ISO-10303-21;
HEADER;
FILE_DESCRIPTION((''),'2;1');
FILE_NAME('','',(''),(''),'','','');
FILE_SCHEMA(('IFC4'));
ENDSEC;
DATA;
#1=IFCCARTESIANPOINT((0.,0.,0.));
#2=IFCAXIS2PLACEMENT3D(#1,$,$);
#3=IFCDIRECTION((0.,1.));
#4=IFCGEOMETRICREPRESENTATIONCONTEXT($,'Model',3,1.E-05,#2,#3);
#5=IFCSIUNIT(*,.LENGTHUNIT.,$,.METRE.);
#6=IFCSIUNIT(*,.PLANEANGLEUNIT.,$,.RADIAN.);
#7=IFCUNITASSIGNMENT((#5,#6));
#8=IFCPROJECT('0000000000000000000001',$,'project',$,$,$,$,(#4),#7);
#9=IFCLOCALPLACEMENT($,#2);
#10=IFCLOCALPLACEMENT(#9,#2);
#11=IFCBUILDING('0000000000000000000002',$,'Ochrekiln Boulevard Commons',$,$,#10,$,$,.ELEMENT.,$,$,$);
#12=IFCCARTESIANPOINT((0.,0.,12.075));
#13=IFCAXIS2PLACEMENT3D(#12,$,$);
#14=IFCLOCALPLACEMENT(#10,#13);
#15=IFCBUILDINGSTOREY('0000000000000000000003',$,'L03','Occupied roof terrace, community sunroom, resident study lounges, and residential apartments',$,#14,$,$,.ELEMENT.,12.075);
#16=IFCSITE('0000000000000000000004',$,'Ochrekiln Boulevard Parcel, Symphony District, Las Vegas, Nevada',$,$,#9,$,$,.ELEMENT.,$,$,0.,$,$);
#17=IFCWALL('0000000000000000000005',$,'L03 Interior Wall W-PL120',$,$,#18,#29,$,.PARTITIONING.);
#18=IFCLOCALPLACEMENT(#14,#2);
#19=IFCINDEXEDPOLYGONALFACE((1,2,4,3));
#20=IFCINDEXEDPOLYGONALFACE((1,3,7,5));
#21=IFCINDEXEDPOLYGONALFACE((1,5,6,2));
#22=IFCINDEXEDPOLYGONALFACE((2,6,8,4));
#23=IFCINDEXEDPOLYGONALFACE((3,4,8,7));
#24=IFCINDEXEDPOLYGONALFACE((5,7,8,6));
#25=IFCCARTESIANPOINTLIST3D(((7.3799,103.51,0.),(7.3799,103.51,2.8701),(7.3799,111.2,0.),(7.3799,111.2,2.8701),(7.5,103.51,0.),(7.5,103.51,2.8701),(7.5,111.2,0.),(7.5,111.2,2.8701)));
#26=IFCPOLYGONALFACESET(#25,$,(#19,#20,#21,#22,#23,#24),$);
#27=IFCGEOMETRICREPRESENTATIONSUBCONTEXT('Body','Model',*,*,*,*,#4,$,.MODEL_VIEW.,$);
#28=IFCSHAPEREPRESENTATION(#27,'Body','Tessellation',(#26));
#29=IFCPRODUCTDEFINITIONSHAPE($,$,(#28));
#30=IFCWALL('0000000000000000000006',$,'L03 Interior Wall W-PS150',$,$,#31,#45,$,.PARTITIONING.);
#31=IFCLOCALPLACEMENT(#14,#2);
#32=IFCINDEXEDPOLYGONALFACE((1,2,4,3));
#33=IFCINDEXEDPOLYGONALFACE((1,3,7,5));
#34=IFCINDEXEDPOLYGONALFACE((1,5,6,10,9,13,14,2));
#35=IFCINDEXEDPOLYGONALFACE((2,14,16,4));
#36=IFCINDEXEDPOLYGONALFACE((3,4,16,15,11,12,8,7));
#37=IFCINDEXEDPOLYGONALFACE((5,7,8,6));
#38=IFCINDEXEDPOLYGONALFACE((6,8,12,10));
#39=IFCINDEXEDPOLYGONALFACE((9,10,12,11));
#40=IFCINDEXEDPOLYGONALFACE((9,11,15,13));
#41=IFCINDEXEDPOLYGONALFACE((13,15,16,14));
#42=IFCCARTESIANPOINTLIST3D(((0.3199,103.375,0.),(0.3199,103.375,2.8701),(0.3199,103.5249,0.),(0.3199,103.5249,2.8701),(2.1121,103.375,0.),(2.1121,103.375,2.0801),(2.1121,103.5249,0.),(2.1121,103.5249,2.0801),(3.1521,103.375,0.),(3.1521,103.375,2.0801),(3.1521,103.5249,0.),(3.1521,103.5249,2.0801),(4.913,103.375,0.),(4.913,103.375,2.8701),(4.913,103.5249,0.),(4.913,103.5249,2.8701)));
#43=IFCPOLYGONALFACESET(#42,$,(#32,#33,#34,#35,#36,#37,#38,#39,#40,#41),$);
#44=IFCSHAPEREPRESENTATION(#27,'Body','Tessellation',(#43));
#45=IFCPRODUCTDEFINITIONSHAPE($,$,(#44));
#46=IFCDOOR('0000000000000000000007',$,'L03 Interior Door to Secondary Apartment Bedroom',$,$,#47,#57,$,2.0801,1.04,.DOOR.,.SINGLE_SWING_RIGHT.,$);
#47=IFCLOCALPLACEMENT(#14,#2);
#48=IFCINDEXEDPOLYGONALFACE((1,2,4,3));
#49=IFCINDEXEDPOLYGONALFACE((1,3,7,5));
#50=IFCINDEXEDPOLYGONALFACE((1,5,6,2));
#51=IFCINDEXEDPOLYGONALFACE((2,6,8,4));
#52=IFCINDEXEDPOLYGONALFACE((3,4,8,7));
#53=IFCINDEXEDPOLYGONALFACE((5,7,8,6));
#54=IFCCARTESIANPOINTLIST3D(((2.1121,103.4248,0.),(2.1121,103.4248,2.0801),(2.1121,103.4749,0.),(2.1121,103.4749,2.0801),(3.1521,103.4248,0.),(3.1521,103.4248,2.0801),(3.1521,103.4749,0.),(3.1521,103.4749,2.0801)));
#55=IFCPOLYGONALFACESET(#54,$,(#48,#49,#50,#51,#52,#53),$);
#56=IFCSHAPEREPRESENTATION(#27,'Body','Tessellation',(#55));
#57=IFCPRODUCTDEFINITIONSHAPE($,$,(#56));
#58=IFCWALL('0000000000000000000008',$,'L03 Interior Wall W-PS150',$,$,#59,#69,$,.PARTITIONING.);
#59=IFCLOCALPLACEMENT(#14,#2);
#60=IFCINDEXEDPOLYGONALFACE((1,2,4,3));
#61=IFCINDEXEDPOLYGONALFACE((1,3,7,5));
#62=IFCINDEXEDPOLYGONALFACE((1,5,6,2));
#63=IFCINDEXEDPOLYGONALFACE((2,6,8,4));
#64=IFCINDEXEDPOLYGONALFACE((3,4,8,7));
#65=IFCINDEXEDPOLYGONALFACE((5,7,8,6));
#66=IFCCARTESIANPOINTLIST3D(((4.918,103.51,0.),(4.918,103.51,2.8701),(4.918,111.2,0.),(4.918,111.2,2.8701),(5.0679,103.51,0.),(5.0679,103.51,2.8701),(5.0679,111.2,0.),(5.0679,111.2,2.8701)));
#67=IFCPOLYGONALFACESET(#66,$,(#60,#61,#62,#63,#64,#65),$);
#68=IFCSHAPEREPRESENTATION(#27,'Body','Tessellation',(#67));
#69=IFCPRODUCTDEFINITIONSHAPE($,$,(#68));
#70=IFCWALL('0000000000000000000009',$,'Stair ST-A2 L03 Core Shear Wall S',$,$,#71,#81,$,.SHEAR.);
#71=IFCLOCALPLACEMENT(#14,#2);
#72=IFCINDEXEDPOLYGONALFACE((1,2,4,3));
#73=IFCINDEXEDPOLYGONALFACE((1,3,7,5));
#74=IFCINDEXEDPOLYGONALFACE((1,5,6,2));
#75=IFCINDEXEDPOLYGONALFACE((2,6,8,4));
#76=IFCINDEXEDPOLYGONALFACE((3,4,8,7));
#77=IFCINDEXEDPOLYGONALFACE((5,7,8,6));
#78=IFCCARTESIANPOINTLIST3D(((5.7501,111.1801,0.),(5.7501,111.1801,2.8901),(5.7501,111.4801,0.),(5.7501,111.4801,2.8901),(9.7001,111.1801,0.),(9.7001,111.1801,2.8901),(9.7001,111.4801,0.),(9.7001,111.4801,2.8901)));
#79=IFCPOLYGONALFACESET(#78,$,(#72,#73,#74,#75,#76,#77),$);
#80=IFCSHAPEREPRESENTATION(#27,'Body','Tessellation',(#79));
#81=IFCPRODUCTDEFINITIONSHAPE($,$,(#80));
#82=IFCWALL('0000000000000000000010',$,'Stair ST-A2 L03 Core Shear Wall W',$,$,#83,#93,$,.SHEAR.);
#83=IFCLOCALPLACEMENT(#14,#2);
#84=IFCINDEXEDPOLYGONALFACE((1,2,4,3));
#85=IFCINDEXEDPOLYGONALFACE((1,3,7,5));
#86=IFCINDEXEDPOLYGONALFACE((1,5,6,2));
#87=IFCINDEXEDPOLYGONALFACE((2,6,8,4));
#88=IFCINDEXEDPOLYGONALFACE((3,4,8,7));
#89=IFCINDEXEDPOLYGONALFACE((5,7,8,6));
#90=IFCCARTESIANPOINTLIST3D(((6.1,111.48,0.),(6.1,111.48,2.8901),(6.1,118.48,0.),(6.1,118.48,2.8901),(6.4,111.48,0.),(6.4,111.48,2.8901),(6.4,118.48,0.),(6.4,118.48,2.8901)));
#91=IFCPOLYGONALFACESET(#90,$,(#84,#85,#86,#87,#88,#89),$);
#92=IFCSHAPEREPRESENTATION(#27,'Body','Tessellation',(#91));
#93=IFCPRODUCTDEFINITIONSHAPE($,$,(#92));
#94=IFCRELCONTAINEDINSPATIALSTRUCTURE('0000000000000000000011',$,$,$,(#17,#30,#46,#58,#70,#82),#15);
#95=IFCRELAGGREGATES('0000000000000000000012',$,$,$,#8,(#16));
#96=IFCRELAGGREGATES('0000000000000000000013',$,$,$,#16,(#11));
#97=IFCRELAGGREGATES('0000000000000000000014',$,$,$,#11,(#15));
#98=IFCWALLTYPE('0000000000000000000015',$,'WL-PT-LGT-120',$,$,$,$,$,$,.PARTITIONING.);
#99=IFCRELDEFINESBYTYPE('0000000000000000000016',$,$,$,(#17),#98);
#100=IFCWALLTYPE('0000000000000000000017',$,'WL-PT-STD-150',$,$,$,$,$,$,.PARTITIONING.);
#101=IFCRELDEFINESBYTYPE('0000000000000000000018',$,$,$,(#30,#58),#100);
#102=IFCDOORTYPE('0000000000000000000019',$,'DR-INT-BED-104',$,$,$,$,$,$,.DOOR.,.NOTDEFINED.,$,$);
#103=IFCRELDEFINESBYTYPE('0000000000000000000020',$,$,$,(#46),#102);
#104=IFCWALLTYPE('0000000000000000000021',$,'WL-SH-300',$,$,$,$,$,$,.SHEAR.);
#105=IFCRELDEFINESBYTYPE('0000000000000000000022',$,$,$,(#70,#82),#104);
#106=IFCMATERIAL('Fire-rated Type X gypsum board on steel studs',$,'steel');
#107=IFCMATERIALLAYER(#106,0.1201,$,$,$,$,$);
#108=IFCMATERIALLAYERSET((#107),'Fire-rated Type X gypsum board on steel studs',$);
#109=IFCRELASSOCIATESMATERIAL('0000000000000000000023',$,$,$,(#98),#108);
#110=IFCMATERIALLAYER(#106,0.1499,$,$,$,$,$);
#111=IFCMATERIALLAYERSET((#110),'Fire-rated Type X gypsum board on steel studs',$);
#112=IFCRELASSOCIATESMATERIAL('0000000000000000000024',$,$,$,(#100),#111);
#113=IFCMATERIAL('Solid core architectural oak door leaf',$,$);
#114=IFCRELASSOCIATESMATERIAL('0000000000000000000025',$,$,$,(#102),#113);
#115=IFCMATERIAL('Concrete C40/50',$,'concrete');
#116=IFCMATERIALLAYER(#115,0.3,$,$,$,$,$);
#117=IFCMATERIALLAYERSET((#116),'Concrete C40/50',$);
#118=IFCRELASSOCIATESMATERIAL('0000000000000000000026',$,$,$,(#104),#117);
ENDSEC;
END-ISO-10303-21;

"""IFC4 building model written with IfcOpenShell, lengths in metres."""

from ifc_helpers import new_model, si_unit, direction, frame, frame_2d, origin, place, context, subcontext, project, spatial, rectangle, extrude, material, layer, layer_set, type_object, element, fill, save


model = new_model("IFC4")

# Units and contexts
model_context = context("Model", 3, precision=1e-05, world=origin(), true_north=direction((0.0, 1.0)))
body_context = subcontext(model_context, "Body", "Model", "MODEL_VIEW")
ifc_project = project(units=[si_unit("LENGTHUNIT", "METRE"), si_unit("PLANEANGLEUNIT", "RADIAN")], contexts=[model_context])

# Site, building, storey
site_placement = place(None, origin())
site = spatial("IfcSite", under=ifc_project, at=site_placement, Name="Ochrekiln Boulevard Parcel, Symphony District, Las Vegas, Nevada", CompositionType="ELEMENT", RefElevation=0.0)
building_placement = place(site_placement, origin())
building = spatial("IfcBuilding", under=site, at=building_placement, Name="Ochrekiln Boulevard Commons", CompositionType="ELEMENT")
storey_placement = place(building_placement, frame((0.0, 0.0, 12.075)))
storey = spatial("IfcBuildingStorey", under=building, at=storey_placement, Name="L03", Description="Occupied roof terrace, community sunroom, resident study lounges, and residential apartments", CompositionType="ELEMENT", Elevation=12.075)

# Shared definitions
ifc_material_1 = material(Name="Concrete C40/50", Category="concrete")

# Shared definitions
ifc_material_2 = material(Name="Fire-rated Type X gypsum board on steel studs", Category="steel")

# Shared definitions
ifc_layer_1 = layer(ifc_material_2, 0.1201)
ifc_layer_set_1 = layer_set([ifc_layer_1], Name="Fire-rated Type X gypsum board on steel studs")
wall_type_1 = type_object("IfcWallType", Name="WL-PT-LGT-120", PredefinedType="PARTITIONING", material=ifc_layer_set_1)
ifc_material_3 = material(Name="Solid core architectural oak door leaf")

# Wall
wall_1_placement = place(storey_placement, frame((7.4399, 103.51, 0.0), z_axis=(0.0, 0.0, 1.0), x_axis=(0.0, 1.0, 0.0)))
element("IfcWall", 1, at=wall_1_placement, inside=storey, type_object=wall_type_1, Name="L03 Interior Wall W-PL120", PredefinedType="PARTITIONING", context=body_context, shape_type="SweptSolid", body=[
    extrude(rectangle(XDim=7.6899, YDim=0.1201, at=frame_2d((3.845, 0.0))), origin(), (0.0, 0.0, 1.0), 2.8701),
])

# Wall, opening, door
ifc_layer_2 = layer(ifc_material_2, 0.1499)
ifc_layer_set_2 = layer_set([ifc_layer_2], Name="Fire-rated Type X gypsum board on steel studs")
wall_type_2 = type_object("IfcWallType", Name="WL-PT-STD-150", PredefinedType="PARTITIONING", material=ifc_layer_set_2)
wall_2_placement = place(storey_placement, frame((0.3201, 103.45, 0.0), z_axis=(0.0, 0.0, 1.0), x_axis=(1.0, 0.0, 0.0)))
wall_2 = element("IfcWall", 2, at=wall_2_placement, inside=storey, type_object=wall_type_2, Name="L03 Interior Wall W-PS150", PredefinedType="PARTITIONING", context=body_context, shape_type="SweptSolid", body=[
    extrude(rectangle(XDim=4.593, YDim=0.1499, at=frame_2d((2.2964, 0.0))), origin(), (0.0, 0.0, 1.0), 2.8701),
])
opening_1_placement = place(wall_2_placement, frame((1.792, 0.0, 0.0)))
opening_1 = element("IfcOpeningElement", 3, at=opening_1_placement, cuts=wall_2, PredefinedType="OPENING", context=body_context, shape_type="SweptSolid", body=[
    extrude(rectangle(XDim=1.04, YDim=2.0801, at=frame_2d((0.52, 1.04))), frame((0.0, 0.085, 0.0), z_axis=(0.0, -1.0, 0.0), x_axis=(1.0, 0.0, 0.0)), (0.0, 0.0, 1.0), 0.1699),
])
door_type_1 = type_object("IfcDoorType", Name="DR-INT-BED-104", OperationType="NOTDEFINED", PredefinedType="DOOR", material=ifc_material_3)
door_1_placement = place(opening_1_placement, origin())
door_1 = element("IfcDoor", 4, at=door_1_placement, inside=storey, type_object=door_type_1, Name="L03 Interior Door to Secondary Apartment Bedroom", OperationType="SINGLE_SWING_RIGHT", OverallHeight=2.0801, OverallWidth=1.04, PredefinedType="DOOR", context=body_context, shape_type="SweptSolid", body=[
    extrude(rectangle(XDim=1.04, YDim=2.0801, at=frame_2d((0.52, 1.04))), frame((0.0, 0.0249, 0.0), z_axis=(0.0, -1.0, 0.0), x_axis=(1.0, 0.0, 0.0)), (0.0, 0.0, 1.0), 0.05),
])
fill(opening_1, door_1)

# Walls
wall_3_placement = place(storey_placement, frame((4.9929, 103.51, 0.0), z_axis=(0.0, 0.0, 1.0), x_axis=(0.0, 1.0, 0.0)))
element("IfcWall", 5, at=wall_3_placement, inside=storey, type_object=wall_type_2, Name="L03 Interior Wall W-PS150", PredefinedType="PARTITIONING", context=body_context, shape_type="SweptSolid", body=[
    extrude(rectangle(XDim=7.6899, YDim=0.1499, at=frame_2d((3.845, 0.0))), origin(), (0.0, 0.0, 1.0), 2.8701),
])
ifc_layer_3 = layer(ifc_material_1, 0.3)
ifc_layer_set_3 = layer_set([ifc_layer_3], Name="Concrete C40/50")
wall_type_3 = type_object("IfcWallType", Name="WL-SH-300", PredefinedType="SHEAR", material=ifc_layer_set_3)
wall_4_placement = place(storey_placement, frame((5.75, 111.3301, 0.0), z_axis=(0.0, 0.0, 1.0), x_axis=(1.0, 0.0, 0.0)))
element("IfcWall", 6, at=wall_4_placement, inside=storey, type_object=wall_type_3, Name="Stair ST-A2 L03 Core Shear Wall S", PredefinedType="SHEAR", context=body_context, shape_type="SweptSolid", body=[
    extrude(rectangle(XDim=3.95, YDim=0.3, at=frame_2d((1.9751, 0.0))), origin(), (0.0, 0.0, 1.0), 2.8901),
])
wall_5_placement = place(storey_placement, frame((6.25, 111.48, 0.0), z_axis=(0.0, 0.0, 1.0), x_axis=(0.0, 1.0, 0.0)))
element("IfcWall", 7, at=wall_5_placement, inside=storey, type_object=wall_type_3, Name="Stair ST-A2 L03 Core Shear Wall W", PredefinedType="SHEAR", context=body_context, shape_type="SweptSolid", body=[
    extrude(rectangle(XDim=7.0, YDim=0.3, at=frame_2d((3.5, 0.0))), origin(), (0.0, 0.0, 1.0), 2.8901),
])

save(model, "model.ifc")
